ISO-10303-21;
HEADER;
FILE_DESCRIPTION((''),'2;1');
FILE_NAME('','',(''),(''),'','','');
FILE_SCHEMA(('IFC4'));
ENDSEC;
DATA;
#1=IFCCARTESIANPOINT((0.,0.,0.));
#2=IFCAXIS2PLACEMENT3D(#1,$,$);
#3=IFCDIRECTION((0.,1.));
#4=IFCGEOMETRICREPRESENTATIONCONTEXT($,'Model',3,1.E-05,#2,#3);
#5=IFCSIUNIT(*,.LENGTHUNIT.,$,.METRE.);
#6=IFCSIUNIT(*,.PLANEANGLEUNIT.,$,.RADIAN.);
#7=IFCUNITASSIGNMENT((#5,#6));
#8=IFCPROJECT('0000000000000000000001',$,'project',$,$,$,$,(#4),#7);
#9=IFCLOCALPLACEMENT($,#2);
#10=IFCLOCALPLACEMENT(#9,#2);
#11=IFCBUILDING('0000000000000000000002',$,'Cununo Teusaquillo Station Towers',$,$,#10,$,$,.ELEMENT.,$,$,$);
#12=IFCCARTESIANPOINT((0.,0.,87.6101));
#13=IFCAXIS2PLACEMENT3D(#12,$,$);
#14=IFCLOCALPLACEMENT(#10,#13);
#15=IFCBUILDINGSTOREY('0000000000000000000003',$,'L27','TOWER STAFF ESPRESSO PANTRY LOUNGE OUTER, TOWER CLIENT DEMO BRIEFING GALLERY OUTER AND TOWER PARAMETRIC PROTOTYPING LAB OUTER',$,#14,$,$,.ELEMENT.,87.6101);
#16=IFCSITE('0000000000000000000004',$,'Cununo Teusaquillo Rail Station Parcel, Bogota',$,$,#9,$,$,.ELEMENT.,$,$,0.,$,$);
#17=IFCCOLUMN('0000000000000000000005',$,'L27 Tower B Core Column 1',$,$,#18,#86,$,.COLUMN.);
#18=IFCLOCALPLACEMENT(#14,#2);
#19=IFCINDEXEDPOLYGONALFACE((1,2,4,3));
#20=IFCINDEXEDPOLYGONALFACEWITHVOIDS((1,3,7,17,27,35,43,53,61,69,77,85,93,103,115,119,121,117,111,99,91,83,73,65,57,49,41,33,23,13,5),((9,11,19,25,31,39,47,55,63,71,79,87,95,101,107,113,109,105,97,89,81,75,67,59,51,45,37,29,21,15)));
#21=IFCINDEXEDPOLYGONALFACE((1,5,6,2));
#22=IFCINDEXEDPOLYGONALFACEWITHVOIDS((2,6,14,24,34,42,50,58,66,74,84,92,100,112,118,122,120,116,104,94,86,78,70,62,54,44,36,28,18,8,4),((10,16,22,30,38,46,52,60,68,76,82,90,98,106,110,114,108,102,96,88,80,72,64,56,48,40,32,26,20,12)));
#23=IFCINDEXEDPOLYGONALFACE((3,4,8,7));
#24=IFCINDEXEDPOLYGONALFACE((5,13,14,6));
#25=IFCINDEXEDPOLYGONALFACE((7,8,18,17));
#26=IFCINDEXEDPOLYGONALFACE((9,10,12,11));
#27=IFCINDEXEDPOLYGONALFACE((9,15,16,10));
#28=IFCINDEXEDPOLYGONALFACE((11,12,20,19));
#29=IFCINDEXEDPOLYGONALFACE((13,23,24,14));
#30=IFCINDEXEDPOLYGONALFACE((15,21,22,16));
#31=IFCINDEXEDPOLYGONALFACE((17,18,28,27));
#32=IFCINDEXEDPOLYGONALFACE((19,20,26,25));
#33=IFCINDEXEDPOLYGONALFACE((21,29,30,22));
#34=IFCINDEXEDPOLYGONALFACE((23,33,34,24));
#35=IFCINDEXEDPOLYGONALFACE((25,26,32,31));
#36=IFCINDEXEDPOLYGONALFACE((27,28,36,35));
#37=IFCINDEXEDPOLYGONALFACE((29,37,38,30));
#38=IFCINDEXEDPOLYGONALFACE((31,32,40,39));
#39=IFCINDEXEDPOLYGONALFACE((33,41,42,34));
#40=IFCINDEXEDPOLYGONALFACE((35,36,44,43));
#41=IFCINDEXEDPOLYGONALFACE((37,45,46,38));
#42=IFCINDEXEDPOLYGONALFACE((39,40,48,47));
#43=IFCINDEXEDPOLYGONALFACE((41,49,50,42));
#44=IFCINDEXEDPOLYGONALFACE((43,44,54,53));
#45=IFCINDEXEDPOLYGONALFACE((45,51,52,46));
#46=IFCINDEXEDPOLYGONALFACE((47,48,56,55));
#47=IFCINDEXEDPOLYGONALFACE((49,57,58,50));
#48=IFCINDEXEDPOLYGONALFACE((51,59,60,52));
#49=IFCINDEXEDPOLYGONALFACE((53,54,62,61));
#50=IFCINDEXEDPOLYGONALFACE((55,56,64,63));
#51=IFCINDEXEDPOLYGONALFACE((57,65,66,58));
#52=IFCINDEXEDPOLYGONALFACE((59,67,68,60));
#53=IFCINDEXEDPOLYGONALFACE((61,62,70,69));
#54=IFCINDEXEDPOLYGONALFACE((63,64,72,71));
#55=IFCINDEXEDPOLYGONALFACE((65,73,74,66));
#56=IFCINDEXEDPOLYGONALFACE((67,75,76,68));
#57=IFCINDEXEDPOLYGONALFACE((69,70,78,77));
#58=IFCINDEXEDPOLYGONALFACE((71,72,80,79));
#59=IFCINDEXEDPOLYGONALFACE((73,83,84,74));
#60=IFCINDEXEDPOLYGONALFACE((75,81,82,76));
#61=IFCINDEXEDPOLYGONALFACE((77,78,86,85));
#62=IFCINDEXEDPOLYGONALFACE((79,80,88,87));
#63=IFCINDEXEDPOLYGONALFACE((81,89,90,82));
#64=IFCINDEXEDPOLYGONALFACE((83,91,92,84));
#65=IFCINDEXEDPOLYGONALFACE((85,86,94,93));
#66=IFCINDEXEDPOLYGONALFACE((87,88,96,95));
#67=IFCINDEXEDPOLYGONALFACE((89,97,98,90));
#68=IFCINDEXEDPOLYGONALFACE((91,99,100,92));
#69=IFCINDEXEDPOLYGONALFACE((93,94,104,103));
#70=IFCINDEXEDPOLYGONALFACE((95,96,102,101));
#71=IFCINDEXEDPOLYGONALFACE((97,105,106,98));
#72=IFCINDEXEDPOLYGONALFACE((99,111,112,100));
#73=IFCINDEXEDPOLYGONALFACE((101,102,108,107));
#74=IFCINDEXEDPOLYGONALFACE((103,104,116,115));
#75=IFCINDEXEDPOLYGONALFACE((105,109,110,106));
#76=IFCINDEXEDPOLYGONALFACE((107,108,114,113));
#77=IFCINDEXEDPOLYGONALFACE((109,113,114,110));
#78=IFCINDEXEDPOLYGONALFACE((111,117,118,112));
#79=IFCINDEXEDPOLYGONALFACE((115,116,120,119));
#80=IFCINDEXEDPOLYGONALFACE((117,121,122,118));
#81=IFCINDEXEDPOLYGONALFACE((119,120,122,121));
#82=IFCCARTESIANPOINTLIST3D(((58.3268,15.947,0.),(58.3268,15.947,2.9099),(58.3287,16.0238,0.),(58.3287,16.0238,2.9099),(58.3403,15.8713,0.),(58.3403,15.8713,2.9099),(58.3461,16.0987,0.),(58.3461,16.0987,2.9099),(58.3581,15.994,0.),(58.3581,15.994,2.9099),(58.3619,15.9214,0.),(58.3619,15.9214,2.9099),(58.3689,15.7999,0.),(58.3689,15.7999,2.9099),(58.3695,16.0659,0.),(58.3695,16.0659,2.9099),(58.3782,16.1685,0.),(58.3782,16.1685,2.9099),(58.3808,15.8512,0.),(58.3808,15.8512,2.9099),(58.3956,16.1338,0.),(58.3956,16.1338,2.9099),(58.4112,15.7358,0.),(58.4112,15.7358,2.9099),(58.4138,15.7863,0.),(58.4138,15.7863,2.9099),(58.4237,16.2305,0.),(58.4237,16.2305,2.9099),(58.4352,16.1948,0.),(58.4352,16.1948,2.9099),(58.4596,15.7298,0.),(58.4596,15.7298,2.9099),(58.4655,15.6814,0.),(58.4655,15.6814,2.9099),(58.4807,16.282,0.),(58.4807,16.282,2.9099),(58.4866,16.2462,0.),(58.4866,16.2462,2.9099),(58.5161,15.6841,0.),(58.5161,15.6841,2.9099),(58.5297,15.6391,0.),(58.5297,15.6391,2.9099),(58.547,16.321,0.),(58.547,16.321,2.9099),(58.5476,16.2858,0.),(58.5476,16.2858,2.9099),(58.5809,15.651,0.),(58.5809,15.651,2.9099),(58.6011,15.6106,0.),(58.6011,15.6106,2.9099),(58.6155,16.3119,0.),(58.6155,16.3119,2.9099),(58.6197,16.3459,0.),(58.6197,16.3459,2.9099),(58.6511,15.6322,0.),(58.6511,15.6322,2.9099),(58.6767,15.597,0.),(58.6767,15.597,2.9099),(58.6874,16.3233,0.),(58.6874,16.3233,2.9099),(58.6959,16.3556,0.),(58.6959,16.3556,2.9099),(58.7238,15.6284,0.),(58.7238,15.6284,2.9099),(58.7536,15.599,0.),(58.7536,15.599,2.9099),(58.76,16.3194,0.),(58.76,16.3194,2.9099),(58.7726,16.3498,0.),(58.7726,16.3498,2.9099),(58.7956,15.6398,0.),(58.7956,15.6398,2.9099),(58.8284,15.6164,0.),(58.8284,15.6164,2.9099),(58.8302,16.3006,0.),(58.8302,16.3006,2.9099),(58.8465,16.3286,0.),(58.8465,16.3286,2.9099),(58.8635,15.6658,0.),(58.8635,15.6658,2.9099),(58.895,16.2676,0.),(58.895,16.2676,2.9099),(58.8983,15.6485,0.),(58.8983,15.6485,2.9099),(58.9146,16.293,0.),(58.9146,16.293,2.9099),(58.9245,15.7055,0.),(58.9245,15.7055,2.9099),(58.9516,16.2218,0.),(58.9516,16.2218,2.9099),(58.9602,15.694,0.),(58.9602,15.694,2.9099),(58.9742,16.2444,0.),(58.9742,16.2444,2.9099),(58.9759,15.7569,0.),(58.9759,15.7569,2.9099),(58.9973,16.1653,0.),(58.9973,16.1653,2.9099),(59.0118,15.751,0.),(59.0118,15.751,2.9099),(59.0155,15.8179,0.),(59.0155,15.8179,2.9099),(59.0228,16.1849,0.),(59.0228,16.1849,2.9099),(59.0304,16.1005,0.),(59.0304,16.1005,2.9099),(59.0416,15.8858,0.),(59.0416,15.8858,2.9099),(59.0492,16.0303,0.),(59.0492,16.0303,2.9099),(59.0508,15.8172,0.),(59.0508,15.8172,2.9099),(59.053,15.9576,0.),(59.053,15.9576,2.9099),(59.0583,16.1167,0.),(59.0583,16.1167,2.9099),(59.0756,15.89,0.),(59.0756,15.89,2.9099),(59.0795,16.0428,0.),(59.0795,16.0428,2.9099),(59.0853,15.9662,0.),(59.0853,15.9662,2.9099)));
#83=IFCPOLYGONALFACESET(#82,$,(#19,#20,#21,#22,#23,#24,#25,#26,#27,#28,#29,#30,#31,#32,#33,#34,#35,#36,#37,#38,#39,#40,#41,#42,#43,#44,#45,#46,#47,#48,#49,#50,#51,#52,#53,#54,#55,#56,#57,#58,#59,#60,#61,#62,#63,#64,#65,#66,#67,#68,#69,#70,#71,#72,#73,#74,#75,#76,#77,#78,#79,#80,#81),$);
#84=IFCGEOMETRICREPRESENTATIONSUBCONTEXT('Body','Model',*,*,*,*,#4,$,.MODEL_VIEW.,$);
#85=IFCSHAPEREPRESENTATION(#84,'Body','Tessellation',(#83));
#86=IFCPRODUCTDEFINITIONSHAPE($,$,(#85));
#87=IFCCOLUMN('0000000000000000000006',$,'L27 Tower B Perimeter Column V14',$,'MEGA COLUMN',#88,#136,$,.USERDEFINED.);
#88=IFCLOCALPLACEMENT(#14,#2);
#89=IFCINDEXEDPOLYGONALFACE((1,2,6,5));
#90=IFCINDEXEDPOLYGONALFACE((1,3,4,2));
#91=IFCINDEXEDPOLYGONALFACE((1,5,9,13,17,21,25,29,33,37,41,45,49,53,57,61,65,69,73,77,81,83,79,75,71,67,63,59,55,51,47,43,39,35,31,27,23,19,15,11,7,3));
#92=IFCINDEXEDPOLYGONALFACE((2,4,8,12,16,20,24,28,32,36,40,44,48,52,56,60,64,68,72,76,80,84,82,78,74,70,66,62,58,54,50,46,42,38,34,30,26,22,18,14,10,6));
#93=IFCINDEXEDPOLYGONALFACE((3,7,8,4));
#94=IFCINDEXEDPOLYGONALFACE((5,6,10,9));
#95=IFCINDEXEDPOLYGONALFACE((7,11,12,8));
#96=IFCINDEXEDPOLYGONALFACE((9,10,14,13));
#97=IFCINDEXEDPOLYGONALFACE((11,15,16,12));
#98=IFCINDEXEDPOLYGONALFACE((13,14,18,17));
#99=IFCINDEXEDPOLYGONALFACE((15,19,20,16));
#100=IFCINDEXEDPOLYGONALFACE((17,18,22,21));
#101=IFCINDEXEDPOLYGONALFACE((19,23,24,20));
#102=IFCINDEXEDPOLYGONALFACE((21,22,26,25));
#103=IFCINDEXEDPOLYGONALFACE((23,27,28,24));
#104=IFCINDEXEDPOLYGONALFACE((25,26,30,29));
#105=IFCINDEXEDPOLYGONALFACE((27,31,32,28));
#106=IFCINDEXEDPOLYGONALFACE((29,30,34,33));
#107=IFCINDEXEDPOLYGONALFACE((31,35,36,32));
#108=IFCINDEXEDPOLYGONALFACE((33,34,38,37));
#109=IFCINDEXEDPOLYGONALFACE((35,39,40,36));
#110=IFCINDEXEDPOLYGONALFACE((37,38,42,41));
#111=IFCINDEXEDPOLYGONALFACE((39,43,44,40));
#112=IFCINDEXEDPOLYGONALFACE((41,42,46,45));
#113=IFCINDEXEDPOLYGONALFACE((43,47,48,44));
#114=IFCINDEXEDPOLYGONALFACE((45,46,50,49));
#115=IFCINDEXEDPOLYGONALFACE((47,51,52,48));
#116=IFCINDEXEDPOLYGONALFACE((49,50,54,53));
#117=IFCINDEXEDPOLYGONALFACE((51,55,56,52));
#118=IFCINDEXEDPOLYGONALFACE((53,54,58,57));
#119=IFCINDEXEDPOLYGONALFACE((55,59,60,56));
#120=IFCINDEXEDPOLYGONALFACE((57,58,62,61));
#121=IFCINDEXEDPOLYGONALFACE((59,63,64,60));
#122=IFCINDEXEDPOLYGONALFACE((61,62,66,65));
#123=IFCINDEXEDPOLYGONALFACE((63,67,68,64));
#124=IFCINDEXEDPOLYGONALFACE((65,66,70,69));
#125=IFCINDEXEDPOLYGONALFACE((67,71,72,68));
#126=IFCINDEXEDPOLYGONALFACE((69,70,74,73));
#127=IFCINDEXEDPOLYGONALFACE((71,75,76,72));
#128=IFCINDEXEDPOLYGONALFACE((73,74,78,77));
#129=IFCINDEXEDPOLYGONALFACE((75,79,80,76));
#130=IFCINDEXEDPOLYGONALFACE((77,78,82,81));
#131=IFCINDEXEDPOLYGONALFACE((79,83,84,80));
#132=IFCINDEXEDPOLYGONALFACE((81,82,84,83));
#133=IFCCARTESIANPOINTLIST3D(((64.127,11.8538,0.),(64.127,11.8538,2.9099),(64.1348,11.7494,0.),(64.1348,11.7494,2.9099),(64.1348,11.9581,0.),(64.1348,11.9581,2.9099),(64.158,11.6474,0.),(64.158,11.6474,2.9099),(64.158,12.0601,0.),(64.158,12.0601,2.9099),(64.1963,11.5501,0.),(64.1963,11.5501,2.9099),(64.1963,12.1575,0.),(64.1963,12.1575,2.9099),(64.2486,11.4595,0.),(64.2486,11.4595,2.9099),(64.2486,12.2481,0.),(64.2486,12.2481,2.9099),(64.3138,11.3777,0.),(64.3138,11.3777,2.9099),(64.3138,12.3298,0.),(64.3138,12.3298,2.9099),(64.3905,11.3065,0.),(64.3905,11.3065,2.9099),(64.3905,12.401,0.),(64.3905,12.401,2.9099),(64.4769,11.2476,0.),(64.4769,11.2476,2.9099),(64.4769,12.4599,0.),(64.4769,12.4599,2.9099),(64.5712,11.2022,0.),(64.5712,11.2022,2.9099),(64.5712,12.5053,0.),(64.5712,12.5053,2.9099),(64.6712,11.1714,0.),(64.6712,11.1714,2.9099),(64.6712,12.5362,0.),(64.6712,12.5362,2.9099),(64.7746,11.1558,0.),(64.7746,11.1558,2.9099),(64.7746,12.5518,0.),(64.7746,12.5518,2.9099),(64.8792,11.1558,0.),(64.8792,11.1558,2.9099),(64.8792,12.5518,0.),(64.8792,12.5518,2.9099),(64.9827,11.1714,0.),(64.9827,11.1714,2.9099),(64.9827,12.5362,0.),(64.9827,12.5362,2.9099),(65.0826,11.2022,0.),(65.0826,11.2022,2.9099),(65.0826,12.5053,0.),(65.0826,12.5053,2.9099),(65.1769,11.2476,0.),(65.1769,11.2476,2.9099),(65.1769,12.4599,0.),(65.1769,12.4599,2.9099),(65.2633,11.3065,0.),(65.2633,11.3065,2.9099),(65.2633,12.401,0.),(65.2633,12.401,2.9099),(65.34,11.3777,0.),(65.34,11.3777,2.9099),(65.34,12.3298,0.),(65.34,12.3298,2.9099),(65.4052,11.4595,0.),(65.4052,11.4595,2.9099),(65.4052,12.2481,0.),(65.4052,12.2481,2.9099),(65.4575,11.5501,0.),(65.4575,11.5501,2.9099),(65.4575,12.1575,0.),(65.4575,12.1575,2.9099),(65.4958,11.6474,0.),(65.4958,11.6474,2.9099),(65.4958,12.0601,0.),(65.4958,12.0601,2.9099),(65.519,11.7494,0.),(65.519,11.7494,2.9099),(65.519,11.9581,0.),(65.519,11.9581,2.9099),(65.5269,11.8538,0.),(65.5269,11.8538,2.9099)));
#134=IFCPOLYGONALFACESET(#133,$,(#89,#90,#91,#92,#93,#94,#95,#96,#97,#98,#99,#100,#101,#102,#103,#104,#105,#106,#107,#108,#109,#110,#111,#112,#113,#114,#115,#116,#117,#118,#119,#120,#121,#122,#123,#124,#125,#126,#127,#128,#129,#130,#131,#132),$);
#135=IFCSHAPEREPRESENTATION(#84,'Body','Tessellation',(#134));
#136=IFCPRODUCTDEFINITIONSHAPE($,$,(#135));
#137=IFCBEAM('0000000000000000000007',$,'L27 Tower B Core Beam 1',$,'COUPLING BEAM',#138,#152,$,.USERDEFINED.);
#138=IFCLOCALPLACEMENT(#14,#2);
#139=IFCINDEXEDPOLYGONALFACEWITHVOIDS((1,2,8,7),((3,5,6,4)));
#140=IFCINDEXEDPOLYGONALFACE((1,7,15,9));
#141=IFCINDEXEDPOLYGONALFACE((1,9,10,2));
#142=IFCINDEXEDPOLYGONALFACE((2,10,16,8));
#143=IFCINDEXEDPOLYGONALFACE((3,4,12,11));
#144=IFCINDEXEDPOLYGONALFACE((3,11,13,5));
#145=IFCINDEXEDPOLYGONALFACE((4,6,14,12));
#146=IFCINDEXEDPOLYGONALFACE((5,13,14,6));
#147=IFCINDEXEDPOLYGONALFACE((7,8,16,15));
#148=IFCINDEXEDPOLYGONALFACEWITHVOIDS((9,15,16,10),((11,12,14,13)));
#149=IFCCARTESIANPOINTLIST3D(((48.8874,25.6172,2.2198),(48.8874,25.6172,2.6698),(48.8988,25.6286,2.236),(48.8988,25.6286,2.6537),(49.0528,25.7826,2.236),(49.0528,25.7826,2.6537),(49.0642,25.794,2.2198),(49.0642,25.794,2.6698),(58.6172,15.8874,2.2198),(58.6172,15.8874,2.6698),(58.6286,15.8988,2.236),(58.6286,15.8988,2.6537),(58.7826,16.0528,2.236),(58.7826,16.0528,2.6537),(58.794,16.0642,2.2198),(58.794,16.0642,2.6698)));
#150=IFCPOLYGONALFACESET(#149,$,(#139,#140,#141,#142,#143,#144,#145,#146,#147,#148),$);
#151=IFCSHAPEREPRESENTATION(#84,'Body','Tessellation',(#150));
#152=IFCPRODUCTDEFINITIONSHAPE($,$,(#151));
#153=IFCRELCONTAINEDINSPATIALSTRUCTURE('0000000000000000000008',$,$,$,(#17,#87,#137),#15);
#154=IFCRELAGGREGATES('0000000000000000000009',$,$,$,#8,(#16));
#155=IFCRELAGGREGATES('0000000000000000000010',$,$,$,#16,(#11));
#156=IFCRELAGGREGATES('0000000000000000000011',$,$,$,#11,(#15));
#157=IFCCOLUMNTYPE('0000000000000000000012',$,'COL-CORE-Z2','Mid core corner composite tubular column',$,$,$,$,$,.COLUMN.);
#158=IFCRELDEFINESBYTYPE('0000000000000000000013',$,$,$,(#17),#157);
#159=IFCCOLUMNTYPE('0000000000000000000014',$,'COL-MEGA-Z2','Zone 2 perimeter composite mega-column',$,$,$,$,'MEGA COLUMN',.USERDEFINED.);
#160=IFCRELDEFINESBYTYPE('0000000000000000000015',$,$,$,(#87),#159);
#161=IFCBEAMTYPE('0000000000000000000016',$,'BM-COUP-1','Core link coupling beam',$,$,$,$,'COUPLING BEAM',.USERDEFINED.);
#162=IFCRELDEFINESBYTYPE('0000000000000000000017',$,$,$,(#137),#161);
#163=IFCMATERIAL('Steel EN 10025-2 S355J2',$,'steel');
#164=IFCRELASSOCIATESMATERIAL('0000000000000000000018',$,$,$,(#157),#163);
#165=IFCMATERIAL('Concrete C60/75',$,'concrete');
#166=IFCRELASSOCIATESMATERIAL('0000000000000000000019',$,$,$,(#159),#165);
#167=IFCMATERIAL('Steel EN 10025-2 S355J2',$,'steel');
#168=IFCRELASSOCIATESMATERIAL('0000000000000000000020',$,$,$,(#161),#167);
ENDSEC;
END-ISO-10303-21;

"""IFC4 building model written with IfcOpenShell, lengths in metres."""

from ifc_helpers import new_model, si_unit, direction, frame, origin, origin_2d, place, context, subcontext, project, spatial, hollow_rectangle, circle, hollow_circle, extrude, material, material_profile, profile_set, type_object, element, save


model = new_model("IFC4")

# Units and contexts
model_context = context("Model", 3, precision=1e-05, world=origin(), true_north=direction((0.0, 1.0)))
body_context = subcontext(model_context, "Body", "Model", "MODEL_VIEW")
ifc_project = project(units=[si_unit("LENGTHUNIT", "METRE"), si_unit("PLANEANGLEUNIT", "RADIAN")], contexts=[model_context])

# Site, building, storey
site_placement = place(None, origin())
site = spatial("IfcSite", under=ifc_project, at=site_placement, Name="Cununo Teusaquillo Rail Station Parcel, Bogota", CompositionType="ELEMENT", RefElevation=0.0)
building_placement = place(site_placement, origin())
building = spatial("IfcBuilding", under=site, at=building_placement, Name="Cununo Teusaquillo Station Towers", CompositionType="ELEMENT")
storey_placement = place(building_placement, frame((0.0, 0.0, 87.6101)))
storey = spatial("IfcBuildingStorey", under=building, at=storey_placement, Name="L27", Description="TOWER STAFF ESPRESSO PANTRY LOUNGE OUTER, TOWER CLIENT DEMO BRIEFING GALLERY OUTER AND TOWER PARAMETRIC PROTOTYPING LAB OUTER", CompositionType="ELEMENT", Elevation=87.6101)

# Columns
ifc_material_1 = material(Name="Steel EN 10025-2 S355J2", Category="steel")
ifc_material_profile_1 = material_profile(ifc_material_1, hollow_circle(Radius=0.3799, WallThickness=0.032, at=origin_2d()), Name="CHS 760x32")
ifc_profile_set_1 = profile_set([ifc_material_profile_1], Name="Steel EN 10025-2 S355J2")
column_type_1 = type_object("IfcColumnType", Name="COL-CORE-Z2", Description="Mid core corner composite tubular column", PredefinedType="COLUMN", material=ifc_profile_set_1)
column_1_placement = place(storey_placement, frame((58.7056, 15.9758, 0.0), z_axis=(0.0, 0.0, 1.0), x_axis=(0.707107, 0.707107, 0.0)))
element("IfcColumn", 1, at=column_1_placement, inside=storey, type_object=column_type_1, Name="L27 Tower B Core Column 1", PredefinedType="COLUMN", context=body_context, shape_type="SweptSolid", body=[
    extrude(hollow_circle(Radius=0.3799, WallThickness=0.032, at=origin_2d()), origin(), (0.0, 0.0, 1.0), 2.9099),
])
ifc_material_2 = material(Name="Concrete C60/75", Category="concrete")
ifc_material_profile_2 = material_profile(ifc_material_2, circle(Radius=0.7, at=origin_2d()), Name="RC-CIRC-1400")
ifc_profile_set_2 = profile_set([ifc_material_profile_2], Name="Concrete C60/75")
column_type_2 = type_object("IfcColumnType", Name="COL-MEGA-Z2", Description="Zone 2 perimeter composite mega-column", ElementType="MEGA COLUMN", PredefinedType="USERDEFINED", material=ifc_profile_set_2)
column_2_placement = place(storey_placement, frame((64.8269, 11.8538, 0.0), z_axis=(0.0, 0.0, 1.0), x_axis=(1.0, 0.0, 0.0)))
element("IfcColumn", 2, at=column_2_placement, inside=storey, type_object=column_type_2, Name="L27 Tower B Perimeter Column V14", ObjectType="MEGA COLUMN", PredefinedType="USERDEFINED", context=body_context, shape_type="SweptSolid", body=[
    extrude(circle(Radius=0.7, at=origin_2d()), origin(), (0.0, 0.0, 1.0), 2.9099),
])

# Beam
ifc_material_3 = material(Name="Steel EN 10025-2 S355J2", Category="steel")
ifc_material_profile_3 = material_profile(ifc_material_3, hollow_rectangle(XDim=0.25, YDim=0.45, WallThickness=0.0161, at=origin_2d()), Name="RHS 450x250x16")
ifc_profile_set_3 = profile_set([ifc_material_profile_3], Name="Steel EN 10025-2 S355J2")
beam_type_1 = type_object("IfcBeamType", Name="BM-COUP-1", Description="Core link coupling beam", ElementType="COUPLING BEAM", PredefinedType="USERDEFINED", material=ifc_profile_set_3)
beam_1_placement = place(storey_placement, frame((58.7056, 15.9758, 2.4448), z_axis=(-0.707107, 0.707107, 0.0), x_axis=(-0.707107, -0.707107, 0.0)))
element("IfcBeam", 3, at=beam_1_placement, inside=storey, type_object=beam_type_1, Name="L27 Tower B Core Beam 1", ObjectType="COUPLING BEAM", PredefinedType="USERDEFINED", context=body_context, shape_type="SweptSolid", body=[
    extrude(hollow_rectangle(XDim=0.25, YDim=0.45, WallThickness=0.0161, at=origin_2d()), origin(), (0.0, 0.0, 1.0), 13.76),
])

save(model, "model.ifc")
